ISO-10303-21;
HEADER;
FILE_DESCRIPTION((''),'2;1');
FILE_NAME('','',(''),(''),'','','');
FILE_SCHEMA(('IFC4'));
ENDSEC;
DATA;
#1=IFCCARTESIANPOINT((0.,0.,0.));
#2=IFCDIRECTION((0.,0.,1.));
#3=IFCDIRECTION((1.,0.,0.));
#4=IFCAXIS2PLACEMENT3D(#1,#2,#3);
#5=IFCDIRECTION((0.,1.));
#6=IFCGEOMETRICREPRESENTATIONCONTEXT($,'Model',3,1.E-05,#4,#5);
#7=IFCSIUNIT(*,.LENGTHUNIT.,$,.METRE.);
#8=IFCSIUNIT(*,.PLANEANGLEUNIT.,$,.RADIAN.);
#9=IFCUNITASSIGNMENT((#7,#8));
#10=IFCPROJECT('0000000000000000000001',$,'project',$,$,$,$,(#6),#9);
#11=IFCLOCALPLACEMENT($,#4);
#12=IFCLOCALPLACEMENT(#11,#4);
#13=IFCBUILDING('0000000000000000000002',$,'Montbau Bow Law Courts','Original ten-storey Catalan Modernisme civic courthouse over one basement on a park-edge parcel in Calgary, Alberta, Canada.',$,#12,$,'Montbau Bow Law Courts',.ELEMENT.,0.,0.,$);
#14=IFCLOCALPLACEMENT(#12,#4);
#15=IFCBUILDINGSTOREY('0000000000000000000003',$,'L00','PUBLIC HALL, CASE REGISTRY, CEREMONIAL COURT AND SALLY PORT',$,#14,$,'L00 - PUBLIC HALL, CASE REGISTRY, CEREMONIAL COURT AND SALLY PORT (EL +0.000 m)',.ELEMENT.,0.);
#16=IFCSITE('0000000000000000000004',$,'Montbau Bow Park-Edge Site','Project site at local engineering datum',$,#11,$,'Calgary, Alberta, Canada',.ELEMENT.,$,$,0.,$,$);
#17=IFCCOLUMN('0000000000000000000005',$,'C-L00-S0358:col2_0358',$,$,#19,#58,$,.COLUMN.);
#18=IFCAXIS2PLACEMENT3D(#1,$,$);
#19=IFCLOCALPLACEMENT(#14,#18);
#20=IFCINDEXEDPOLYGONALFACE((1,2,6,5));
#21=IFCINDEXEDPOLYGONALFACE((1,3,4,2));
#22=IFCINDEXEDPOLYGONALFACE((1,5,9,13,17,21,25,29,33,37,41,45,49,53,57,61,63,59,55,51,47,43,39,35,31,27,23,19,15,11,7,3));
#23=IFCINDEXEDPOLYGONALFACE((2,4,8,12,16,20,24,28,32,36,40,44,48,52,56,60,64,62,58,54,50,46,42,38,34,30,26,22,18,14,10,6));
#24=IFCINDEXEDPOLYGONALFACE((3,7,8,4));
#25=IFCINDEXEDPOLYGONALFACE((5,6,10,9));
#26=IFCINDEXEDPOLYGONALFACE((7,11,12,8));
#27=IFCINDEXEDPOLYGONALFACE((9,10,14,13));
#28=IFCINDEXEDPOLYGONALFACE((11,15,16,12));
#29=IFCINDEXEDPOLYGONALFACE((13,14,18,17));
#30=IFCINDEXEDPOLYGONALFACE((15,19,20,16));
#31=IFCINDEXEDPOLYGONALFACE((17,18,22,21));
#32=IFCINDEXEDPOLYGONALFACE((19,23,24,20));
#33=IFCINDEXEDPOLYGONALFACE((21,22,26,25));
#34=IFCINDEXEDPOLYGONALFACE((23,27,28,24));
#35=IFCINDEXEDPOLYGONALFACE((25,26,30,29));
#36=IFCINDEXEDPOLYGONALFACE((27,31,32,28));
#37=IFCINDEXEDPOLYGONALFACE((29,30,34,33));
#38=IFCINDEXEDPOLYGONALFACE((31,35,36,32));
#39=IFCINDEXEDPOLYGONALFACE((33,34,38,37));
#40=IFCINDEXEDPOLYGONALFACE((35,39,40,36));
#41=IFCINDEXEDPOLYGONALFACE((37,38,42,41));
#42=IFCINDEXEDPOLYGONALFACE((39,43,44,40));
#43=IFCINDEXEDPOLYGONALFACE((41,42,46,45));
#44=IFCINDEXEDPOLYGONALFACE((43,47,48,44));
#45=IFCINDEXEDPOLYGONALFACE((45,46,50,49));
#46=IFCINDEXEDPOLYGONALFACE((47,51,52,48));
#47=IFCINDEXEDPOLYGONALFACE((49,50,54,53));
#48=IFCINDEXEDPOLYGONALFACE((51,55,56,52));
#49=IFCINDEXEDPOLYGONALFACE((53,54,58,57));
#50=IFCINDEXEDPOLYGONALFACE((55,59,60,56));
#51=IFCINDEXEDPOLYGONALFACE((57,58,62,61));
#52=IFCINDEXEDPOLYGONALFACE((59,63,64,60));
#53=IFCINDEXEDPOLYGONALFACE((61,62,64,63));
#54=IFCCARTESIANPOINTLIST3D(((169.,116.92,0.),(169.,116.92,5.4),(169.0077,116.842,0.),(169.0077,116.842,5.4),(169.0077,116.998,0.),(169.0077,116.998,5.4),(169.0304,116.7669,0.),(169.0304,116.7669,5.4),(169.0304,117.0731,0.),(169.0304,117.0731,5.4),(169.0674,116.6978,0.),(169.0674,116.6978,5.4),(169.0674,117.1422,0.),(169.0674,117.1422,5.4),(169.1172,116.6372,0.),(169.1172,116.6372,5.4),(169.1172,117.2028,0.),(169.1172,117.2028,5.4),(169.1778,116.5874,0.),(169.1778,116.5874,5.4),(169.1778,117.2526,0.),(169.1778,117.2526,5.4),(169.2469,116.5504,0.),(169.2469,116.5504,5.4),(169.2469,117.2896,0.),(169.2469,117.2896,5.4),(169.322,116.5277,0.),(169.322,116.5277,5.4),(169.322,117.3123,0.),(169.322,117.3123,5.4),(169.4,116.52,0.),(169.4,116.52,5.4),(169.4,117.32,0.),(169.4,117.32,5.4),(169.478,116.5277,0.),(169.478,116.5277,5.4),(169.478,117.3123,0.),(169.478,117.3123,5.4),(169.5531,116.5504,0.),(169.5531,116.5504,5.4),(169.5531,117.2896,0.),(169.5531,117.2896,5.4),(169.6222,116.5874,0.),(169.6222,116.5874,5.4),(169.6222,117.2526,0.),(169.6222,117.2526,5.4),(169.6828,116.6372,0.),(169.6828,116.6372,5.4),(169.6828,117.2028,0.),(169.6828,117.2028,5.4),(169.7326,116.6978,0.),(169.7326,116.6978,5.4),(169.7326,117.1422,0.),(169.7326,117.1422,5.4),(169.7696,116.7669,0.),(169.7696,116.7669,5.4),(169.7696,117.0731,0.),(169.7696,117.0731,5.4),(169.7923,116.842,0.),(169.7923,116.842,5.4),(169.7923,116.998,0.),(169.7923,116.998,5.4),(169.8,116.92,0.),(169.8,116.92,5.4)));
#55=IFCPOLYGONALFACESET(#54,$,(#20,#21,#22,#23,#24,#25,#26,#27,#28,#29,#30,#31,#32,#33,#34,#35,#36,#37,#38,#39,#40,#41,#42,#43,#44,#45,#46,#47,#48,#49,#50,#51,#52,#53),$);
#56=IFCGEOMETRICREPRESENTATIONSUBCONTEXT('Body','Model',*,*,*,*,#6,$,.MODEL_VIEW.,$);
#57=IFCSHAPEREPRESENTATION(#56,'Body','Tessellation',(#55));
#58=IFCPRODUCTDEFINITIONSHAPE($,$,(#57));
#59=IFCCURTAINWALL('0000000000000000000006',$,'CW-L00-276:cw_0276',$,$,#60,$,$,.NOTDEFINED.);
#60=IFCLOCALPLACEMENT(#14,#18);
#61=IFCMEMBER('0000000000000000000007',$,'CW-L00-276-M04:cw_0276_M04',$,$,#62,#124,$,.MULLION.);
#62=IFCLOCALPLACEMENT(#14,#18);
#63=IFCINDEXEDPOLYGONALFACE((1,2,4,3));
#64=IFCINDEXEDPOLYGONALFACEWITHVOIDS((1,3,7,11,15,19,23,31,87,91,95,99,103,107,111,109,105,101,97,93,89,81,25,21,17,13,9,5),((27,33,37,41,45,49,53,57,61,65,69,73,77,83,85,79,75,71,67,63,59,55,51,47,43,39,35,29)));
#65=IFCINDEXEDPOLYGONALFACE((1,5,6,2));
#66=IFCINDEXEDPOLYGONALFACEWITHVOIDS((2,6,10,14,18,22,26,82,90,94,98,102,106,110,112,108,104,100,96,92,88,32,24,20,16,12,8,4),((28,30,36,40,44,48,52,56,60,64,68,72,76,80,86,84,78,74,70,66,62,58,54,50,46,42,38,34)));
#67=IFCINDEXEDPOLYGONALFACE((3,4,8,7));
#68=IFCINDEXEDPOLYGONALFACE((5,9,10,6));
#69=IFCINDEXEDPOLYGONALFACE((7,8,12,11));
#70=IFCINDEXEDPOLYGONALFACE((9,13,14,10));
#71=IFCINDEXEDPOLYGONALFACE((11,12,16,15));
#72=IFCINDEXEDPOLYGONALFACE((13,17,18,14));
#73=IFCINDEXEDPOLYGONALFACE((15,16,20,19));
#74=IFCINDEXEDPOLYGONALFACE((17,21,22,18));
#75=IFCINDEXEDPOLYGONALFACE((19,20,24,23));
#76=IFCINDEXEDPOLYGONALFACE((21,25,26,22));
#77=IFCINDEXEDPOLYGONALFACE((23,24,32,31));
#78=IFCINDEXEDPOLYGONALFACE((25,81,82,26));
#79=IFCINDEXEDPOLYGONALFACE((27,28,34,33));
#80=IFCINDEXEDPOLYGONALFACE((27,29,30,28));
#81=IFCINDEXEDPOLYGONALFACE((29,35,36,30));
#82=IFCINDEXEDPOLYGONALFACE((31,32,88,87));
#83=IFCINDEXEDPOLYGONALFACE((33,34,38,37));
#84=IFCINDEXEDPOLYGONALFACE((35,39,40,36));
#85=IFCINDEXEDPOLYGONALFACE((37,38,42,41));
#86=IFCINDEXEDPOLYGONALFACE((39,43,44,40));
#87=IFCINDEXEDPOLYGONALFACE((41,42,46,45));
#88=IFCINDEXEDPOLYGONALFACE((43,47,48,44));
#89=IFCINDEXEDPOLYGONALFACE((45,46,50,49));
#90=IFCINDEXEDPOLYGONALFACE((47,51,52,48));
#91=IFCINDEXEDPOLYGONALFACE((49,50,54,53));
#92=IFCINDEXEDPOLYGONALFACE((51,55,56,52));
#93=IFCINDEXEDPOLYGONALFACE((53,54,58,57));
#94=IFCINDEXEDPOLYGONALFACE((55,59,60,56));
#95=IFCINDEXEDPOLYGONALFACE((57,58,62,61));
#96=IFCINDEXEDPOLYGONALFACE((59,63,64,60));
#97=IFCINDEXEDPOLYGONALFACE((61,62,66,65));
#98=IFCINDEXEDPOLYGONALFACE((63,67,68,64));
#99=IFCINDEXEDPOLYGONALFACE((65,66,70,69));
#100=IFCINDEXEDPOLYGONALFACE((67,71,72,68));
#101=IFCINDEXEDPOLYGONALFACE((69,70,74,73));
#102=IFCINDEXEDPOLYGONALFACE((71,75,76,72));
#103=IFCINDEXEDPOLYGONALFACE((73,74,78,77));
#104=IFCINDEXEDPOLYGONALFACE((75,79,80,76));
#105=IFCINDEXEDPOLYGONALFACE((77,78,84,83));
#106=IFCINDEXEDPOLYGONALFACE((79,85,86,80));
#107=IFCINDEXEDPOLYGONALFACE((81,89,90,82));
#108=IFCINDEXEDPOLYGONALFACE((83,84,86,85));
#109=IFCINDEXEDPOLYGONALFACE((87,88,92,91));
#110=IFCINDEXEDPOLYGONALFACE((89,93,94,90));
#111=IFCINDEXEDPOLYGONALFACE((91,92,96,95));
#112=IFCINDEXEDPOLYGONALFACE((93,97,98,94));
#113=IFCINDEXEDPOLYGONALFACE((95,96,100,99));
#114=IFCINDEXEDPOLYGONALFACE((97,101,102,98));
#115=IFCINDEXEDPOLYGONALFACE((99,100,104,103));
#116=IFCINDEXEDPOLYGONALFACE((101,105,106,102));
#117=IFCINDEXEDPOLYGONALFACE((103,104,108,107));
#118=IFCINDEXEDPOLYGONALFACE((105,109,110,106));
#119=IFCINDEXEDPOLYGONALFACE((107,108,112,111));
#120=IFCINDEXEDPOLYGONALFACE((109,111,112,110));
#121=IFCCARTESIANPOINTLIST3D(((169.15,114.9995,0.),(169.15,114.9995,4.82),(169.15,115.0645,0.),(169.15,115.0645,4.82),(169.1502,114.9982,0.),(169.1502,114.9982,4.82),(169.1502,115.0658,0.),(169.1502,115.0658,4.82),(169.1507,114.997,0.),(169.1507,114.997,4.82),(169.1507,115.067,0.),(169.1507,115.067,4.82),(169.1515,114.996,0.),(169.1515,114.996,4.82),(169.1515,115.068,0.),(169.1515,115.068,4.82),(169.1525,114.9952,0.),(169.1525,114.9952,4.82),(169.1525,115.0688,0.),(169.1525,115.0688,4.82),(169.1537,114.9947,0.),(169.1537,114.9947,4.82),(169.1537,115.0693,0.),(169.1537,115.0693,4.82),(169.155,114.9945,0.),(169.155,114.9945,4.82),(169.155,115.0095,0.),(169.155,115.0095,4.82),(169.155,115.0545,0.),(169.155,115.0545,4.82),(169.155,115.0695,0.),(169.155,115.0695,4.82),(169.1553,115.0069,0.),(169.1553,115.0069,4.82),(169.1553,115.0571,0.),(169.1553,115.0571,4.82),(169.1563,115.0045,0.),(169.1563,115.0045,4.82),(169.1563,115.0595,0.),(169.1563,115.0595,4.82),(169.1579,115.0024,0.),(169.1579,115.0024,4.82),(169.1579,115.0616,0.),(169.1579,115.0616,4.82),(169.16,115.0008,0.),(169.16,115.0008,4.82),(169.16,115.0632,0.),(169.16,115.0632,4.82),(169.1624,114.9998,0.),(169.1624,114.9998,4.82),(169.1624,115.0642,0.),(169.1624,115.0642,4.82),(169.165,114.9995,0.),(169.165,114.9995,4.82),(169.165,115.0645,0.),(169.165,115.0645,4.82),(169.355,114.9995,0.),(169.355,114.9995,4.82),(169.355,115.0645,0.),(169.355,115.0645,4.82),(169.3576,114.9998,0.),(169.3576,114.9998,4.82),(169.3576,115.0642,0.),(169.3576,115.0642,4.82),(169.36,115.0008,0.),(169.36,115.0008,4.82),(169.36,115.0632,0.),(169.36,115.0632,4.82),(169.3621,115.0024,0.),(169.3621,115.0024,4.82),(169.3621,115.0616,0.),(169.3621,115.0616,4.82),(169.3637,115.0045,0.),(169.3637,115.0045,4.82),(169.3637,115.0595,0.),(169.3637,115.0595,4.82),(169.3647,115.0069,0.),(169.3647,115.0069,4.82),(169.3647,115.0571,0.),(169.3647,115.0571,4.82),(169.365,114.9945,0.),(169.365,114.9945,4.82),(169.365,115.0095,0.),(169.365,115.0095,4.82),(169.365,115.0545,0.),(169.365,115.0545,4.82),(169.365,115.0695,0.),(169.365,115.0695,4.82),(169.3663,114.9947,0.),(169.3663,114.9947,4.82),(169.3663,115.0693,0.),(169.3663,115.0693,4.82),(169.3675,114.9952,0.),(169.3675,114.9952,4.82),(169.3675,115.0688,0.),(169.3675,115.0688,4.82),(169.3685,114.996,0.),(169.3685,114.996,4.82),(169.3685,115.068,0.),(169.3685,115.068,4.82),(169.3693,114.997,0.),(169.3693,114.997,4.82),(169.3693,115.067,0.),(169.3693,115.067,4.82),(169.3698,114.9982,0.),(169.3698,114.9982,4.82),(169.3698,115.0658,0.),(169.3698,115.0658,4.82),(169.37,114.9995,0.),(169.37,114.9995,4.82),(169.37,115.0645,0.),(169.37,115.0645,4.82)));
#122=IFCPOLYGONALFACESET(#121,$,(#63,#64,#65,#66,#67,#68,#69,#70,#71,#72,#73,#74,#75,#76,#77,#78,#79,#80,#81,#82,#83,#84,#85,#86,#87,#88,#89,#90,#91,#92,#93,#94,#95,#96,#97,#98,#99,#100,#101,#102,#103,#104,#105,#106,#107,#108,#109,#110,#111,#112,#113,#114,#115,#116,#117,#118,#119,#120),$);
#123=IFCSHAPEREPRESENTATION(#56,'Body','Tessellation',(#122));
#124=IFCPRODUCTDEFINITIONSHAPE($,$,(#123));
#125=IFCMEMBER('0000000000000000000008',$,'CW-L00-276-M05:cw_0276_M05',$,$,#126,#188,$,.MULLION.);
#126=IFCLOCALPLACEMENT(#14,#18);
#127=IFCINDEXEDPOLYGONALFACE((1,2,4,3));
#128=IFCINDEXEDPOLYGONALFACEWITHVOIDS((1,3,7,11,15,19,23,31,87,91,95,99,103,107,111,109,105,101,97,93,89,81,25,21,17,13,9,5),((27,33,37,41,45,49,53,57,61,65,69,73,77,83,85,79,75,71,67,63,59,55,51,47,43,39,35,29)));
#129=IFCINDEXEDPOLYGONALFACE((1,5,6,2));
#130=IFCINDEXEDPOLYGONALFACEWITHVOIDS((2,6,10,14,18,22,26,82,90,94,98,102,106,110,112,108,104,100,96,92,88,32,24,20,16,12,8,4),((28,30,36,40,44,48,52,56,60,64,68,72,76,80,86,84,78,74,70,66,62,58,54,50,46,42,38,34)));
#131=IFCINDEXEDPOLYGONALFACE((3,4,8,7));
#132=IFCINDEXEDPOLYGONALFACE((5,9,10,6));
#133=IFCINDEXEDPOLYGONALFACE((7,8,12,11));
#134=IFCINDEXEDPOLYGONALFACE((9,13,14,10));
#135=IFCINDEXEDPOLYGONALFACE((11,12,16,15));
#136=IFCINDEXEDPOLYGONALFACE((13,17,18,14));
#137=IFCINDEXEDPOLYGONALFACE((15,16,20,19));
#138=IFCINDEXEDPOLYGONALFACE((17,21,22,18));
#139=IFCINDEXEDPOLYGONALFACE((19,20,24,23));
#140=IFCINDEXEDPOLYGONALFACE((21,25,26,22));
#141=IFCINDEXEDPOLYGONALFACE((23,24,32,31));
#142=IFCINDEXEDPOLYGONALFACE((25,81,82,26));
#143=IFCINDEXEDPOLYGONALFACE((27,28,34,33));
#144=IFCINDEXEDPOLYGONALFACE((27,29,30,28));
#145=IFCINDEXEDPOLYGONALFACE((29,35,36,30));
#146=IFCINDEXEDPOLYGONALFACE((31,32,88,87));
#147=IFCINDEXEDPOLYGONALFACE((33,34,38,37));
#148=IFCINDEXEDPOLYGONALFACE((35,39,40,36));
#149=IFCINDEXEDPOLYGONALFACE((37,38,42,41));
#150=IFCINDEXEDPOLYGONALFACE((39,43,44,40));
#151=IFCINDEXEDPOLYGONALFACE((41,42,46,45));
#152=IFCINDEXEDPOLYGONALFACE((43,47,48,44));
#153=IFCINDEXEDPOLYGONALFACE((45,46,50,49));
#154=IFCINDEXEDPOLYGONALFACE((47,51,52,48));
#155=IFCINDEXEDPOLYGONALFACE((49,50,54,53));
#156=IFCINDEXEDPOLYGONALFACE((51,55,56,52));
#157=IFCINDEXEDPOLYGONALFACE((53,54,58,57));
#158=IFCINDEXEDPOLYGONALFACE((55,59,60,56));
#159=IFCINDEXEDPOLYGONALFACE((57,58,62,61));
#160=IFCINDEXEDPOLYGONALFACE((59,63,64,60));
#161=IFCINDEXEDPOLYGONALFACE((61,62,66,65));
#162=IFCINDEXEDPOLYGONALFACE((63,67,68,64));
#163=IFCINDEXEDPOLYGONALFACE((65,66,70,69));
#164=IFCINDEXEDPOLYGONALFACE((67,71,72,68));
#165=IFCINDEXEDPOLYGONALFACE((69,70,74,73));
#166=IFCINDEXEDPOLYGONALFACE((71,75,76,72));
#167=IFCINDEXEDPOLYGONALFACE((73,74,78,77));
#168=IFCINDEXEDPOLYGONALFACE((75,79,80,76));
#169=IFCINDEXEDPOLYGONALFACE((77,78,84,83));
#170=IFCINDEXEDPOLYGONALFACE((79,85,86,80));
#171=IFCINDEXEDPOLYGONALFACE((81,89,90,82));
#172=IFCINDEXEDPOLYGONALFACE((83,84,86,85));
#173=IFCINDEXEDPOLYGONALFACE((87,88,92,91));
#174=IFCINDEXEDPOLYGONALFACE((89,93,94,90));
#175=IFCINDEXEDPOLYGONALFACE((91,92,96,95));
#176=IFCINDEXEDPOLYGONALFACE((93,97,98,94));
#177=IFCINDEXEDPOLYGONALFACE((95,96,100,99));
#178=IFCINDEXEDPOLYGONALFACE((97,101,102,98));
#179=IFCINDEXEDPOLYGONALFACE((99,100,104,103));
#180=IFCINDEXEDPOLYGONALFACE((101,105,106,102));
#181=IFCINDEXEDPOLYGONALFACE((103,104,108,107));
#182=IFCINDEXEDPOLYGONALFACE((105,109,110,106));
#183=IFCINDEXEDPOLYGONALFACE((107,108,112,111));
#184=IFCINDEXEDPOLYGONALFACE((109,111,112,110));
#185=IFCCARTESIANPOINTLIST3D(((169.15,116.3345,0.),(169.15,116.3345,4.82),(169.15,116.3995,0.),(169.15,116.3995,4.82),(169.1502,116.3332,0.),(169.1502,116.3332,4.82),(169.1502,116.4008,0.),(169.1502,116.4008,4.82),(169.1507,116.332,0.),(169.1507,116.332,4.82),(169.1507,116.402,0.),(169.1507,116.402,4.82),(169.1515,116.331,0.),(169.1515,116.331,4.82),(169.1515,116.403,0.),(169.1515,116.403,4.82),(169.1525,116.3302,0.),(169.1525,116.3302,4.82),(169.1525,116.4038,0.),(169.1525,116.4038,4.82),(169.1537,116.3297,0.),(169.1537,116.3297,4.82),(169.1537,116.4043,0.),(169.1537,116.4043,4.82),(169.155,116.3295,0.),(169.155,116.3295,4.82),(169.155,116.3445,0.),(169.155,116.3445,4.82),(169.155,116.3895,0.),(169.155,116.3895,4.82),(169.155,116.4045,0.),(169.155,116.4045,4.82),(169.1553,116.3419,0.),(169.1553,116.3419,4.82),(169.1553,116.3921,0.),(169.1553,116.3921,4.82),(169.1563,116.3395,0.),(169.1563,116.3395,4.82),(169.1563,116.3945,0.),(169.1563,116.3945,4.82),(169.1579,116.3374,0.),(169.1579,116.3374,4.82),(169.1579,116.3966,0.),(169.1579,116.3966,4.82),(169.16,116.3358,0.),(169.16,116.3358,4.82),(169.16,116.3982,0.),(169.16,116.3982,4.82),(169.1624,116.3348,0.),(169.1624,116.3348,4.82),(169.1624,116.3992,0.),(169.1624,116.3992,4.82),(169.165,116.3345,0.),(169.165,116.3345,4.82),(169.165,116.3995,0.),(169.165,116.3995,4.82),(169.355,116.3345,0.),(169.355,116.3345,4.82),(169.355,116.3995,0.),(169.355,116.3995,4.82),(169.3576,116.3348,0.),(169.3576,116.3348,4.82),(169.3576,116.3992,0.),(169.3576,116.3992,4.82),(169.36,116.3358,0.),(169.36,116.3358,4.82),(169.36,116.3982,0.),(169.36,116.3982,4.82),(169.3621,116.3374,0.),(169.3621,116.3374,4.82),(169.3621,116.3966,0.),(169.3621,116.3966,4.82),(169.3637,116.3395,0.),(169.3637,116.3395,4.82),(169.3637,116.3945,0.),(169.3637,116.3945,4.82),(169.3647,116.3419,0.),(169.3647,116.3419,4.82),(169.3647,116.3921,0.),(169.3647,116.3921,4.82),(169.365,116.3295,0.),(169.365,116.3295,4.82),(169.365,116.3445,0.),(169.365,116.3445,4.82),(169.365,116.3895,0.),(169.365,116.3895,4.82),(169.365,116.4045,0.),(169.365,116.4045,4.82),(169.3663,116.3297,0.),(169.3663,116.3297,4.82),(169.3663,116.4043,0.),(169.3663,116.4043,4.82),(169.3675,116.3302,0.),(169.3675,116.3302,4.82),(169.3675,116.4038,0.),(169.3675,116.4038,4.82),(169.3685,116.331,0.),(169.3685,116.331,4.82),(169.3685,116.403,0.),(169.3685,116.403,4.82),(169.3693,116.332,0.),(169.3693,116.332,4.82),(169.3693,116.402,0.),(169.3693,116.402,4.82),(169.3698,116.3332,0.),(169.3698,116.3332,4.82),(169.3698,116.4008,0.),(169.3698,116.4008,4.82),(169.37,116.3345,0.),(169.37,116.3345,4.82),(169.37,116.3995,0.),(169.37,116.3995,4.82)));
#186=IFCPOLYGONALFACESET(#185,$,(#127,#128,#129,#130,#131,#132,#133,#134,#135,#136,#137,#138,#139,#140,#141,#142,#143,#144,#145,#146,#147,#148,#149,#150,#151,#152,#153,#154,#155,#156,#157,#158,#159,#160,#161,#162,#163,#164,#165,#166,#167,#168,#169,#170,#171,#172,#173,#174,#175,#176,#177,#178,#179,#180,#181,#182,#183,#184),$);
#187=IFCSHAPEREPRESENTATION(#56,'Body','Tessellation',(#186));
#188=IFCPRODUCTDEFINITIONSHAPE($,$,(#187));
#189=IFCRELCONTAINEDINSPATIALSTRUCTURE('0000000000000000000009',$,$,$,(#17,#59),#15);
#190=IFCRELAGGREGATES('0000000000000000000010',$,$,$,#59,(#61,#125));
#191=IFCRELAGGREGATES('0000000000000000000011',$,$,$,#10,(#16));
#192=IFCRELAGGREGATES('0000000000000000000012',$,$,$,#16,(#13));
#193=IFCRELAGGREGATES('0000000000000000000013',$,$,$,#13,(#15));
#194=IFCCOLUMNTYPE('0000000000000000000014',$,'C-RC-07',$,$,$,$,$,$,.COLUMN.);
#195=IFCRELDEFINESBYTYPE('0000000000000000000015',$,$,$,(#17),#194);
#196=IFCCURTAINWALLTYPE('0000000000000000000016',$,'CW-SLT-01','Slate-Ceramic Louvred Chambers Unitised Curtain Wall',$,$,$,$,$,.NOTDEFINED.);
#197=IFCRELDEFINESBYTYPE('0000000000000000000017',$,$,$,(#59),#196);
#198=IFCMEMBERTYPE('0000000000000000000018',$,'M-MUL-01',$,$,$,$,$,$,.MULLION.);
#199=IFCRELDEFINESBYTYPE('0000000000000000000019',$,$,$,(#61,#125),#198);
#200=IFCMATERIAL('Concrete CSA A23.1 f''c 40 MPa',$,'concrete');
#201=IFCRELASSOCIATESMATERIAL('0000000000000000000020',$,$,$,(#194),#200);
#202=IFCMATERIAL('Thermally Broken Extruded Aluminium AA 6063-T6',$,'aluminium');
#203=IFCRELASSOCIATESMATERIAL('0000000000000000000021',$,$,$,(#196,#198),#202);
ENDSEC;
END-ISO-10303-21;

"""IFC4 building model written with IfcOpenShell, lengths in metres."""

from ifc_helpers import new_model, si_unit, direction, frame, origin_with_axes, origin_2d_with_axis, place, context, subcontext, project, spatial, hollow_rectangle, circle, extrude, material, material_profile, profile_set, type_object, element, aggregate, save


model = new_model("IFC4")

# Units and contexts
model_context = context("Model", 3, precision=1e-05, world=origin_with_axes(), true_north=direction((0.0, 1.0)))
body_context = subcontext(model_context, "Body", "Model", "MODEL_VIEW")
ifc_project = project(units=[si_unit("LENGTHUNIT", "METRE"), si_unit("PLANEANGLEUNIT", "RADIAN")], contexts=[model_context])

# Site, building, storey
site_placement = place(None, origin_with_axes())
site = spatial("IfcSite", under=ifc_project, at=site_placement, Name="Montbau Bow Park-Edge Site", Description="Project site at local engineering datum", LongName="Calgary, Alberta, Canada", CompositionType="ELEMENT", RefElevation=0.0)
building_placement = place(site_placement, origin_with_axes())
building = spatial("IfcBuilding", under=site, at=building_placement, Name="Montbau Bow Law Courts", Description="Original ten-storey Catalan Modernisme civic courthouse over one basement on a park-edge parcel in Calgary, Alberta, Canada.", LongName="Montbau Bow Law Courts", CompositionType="ELEMENT", ElevationOfRefHeight=0.0, ElevationOfTerrain=0.0)
storey_placement = place(building_placement, origin_with_axes())
storey = spatial("IfcBuildingStorey", under=building, at=storey_placement, Name="L00", Description="PUBLIC HALL, CASE REGISTRY, CEREMONIAL COURT AND SALLY PORT", LongName="L00 - PUBLIC HALL, CASE REGISTRY, CEREMONIAL COURT AND SALLY PORT (EL +0.000 m)", CompositionType="ELEMENT", Elevation=0.0)

# Column
ifc_material_1 = material(Name="Concrete CSA A23.1 f'c 40 MPa", Category="concrete")
ifc_material_profile_1 = material_profile(ifc_material_1, circle(Radius=0.4, at=origin_2d_with_axis()), Name="RC800D", Category="Main", Priority=0)
ifc_profile_set_1 = profile_set([ifc_material_profile_1], Name="Concrete CSA A23.1 f'c 40 MPa")
column_type = type_object("IfcColumnType", Name="C-RC-07", PredefinedType="COLUMN", material=ifc_profile_set_1)
column_placement = place(None, frame((169.4, 116.92, 0.0), z_axis=(0.0, 0.0, 1.0), x_axis=(1.0, 0.0, 0.0)))
element("IfcColumn", 1, at=column_placement, inside=storey, type_object=column_type, Name="C-L00-S0358:col2_0358", PredefinedType="COLUMN", context=body_context, shape_type="SweptSolid", body=[
    extrude(circle(Radius=0.4, at=origin_2d_with_axis()), origin_with_axes(), (0.0, 0.0, 1.0), 5.4),
])

# Curtain wall, members
ifc_material_2 = material(Name="Thermally Broken Extruded Aluminium AA 6063-T6", Category="aluminium")
curtain_wall_type = type_object("IfcCurtainWallType", Name="CW-SLT-01", Description="Slate-Ceramic Louvred Chambers Unitised Curtain Wall", PredefinedType="NOTDEFINED", material=ifc_material_2)
curtain_wall_1_placement = place(None, frame((169.26, 110.915, 0.0), z_axis=(0.0, 0.0, 1.0), x_axis=(1.0, 0.0, 0.0)))
curtain_wall_1 = element("IfcCurtainWall", 2, at=curtain_wall_1_placement, inside=storey, type_object=curtain_wall_type, Name="CW-L00-276:cw_0276", PredefinedType="NOTDEFINED")
ifc_material_profile_2 = material_profile(ifc_material_2, hollow_rectangle(XDim=0.075, YDim=0.22, WallThickness=0.005, InnerFilletRadius=0.01, OuterFilletRadius=0.005, at=origin_2d_with_axis()), Name="CWM-220X75", Category="Main", Priority=0)
ifc_profile_set_2 = profile_set([ifc_material_profile_2], Name="Thermally Broken Extruded Aluminium AA 6063-T6")
member_type_1 = type_object("IfcMemberType", Name="M-MUL-01", PredefinedType="MULLION", material=ifc_profile_set_2)
member_1_placement = place(None, frame((169.26, 115.032, 0.0), z_axis=(0.0, 0.0, 1.0), x_axis=(0.0, 1.0, 0.0)))
member_1 = element("IfcMember", 3, at=member_1_placement, type_object=member_type_1, Name="CW-L00-276-M04:cw_0276_M04", PredefinedType="MULLION", context=body_context, shape_type="SweptSolid", body=[
    extrude(hollow_rectangle(XDim=0.075, YDim=0.22, WallThickness=0.005, InnerFilletRadius=0.01, OuterFilletRadius=0.005, at=origin_2d_with_axis()), origin_with_axes(), (0.0, 0.0, 1.0), 4.82),
])
member_2_placement = place(None, frame((169.26, 116.367, 0.0), z_axis=(0.0, 0.0, 1.0), x_axis=(0.0, 1.0, 0.0)))
member_2 = element("IfcMember", 4, at=member_2_placement, type_object=member_type_1, Name="CW-L00-276-M05:cw_0276_M05", PredefinedType="MULLION", context=body_context, shape_type="SweptSolid", body=[
    extrude(hollow_rectangle(XDim=0.075, YDim=0.22, WallThickness=0.005, InnerFilletRadius=0.01, OuterFilletRadius=0.005, at=origin_2d_with_axis()), origin_with_axes(), (0.0, 0.0, 1.0), 4.82),
])

aggregate(curtain_wall_1, [member_1, member_2])

save(model, "model.ifc")
